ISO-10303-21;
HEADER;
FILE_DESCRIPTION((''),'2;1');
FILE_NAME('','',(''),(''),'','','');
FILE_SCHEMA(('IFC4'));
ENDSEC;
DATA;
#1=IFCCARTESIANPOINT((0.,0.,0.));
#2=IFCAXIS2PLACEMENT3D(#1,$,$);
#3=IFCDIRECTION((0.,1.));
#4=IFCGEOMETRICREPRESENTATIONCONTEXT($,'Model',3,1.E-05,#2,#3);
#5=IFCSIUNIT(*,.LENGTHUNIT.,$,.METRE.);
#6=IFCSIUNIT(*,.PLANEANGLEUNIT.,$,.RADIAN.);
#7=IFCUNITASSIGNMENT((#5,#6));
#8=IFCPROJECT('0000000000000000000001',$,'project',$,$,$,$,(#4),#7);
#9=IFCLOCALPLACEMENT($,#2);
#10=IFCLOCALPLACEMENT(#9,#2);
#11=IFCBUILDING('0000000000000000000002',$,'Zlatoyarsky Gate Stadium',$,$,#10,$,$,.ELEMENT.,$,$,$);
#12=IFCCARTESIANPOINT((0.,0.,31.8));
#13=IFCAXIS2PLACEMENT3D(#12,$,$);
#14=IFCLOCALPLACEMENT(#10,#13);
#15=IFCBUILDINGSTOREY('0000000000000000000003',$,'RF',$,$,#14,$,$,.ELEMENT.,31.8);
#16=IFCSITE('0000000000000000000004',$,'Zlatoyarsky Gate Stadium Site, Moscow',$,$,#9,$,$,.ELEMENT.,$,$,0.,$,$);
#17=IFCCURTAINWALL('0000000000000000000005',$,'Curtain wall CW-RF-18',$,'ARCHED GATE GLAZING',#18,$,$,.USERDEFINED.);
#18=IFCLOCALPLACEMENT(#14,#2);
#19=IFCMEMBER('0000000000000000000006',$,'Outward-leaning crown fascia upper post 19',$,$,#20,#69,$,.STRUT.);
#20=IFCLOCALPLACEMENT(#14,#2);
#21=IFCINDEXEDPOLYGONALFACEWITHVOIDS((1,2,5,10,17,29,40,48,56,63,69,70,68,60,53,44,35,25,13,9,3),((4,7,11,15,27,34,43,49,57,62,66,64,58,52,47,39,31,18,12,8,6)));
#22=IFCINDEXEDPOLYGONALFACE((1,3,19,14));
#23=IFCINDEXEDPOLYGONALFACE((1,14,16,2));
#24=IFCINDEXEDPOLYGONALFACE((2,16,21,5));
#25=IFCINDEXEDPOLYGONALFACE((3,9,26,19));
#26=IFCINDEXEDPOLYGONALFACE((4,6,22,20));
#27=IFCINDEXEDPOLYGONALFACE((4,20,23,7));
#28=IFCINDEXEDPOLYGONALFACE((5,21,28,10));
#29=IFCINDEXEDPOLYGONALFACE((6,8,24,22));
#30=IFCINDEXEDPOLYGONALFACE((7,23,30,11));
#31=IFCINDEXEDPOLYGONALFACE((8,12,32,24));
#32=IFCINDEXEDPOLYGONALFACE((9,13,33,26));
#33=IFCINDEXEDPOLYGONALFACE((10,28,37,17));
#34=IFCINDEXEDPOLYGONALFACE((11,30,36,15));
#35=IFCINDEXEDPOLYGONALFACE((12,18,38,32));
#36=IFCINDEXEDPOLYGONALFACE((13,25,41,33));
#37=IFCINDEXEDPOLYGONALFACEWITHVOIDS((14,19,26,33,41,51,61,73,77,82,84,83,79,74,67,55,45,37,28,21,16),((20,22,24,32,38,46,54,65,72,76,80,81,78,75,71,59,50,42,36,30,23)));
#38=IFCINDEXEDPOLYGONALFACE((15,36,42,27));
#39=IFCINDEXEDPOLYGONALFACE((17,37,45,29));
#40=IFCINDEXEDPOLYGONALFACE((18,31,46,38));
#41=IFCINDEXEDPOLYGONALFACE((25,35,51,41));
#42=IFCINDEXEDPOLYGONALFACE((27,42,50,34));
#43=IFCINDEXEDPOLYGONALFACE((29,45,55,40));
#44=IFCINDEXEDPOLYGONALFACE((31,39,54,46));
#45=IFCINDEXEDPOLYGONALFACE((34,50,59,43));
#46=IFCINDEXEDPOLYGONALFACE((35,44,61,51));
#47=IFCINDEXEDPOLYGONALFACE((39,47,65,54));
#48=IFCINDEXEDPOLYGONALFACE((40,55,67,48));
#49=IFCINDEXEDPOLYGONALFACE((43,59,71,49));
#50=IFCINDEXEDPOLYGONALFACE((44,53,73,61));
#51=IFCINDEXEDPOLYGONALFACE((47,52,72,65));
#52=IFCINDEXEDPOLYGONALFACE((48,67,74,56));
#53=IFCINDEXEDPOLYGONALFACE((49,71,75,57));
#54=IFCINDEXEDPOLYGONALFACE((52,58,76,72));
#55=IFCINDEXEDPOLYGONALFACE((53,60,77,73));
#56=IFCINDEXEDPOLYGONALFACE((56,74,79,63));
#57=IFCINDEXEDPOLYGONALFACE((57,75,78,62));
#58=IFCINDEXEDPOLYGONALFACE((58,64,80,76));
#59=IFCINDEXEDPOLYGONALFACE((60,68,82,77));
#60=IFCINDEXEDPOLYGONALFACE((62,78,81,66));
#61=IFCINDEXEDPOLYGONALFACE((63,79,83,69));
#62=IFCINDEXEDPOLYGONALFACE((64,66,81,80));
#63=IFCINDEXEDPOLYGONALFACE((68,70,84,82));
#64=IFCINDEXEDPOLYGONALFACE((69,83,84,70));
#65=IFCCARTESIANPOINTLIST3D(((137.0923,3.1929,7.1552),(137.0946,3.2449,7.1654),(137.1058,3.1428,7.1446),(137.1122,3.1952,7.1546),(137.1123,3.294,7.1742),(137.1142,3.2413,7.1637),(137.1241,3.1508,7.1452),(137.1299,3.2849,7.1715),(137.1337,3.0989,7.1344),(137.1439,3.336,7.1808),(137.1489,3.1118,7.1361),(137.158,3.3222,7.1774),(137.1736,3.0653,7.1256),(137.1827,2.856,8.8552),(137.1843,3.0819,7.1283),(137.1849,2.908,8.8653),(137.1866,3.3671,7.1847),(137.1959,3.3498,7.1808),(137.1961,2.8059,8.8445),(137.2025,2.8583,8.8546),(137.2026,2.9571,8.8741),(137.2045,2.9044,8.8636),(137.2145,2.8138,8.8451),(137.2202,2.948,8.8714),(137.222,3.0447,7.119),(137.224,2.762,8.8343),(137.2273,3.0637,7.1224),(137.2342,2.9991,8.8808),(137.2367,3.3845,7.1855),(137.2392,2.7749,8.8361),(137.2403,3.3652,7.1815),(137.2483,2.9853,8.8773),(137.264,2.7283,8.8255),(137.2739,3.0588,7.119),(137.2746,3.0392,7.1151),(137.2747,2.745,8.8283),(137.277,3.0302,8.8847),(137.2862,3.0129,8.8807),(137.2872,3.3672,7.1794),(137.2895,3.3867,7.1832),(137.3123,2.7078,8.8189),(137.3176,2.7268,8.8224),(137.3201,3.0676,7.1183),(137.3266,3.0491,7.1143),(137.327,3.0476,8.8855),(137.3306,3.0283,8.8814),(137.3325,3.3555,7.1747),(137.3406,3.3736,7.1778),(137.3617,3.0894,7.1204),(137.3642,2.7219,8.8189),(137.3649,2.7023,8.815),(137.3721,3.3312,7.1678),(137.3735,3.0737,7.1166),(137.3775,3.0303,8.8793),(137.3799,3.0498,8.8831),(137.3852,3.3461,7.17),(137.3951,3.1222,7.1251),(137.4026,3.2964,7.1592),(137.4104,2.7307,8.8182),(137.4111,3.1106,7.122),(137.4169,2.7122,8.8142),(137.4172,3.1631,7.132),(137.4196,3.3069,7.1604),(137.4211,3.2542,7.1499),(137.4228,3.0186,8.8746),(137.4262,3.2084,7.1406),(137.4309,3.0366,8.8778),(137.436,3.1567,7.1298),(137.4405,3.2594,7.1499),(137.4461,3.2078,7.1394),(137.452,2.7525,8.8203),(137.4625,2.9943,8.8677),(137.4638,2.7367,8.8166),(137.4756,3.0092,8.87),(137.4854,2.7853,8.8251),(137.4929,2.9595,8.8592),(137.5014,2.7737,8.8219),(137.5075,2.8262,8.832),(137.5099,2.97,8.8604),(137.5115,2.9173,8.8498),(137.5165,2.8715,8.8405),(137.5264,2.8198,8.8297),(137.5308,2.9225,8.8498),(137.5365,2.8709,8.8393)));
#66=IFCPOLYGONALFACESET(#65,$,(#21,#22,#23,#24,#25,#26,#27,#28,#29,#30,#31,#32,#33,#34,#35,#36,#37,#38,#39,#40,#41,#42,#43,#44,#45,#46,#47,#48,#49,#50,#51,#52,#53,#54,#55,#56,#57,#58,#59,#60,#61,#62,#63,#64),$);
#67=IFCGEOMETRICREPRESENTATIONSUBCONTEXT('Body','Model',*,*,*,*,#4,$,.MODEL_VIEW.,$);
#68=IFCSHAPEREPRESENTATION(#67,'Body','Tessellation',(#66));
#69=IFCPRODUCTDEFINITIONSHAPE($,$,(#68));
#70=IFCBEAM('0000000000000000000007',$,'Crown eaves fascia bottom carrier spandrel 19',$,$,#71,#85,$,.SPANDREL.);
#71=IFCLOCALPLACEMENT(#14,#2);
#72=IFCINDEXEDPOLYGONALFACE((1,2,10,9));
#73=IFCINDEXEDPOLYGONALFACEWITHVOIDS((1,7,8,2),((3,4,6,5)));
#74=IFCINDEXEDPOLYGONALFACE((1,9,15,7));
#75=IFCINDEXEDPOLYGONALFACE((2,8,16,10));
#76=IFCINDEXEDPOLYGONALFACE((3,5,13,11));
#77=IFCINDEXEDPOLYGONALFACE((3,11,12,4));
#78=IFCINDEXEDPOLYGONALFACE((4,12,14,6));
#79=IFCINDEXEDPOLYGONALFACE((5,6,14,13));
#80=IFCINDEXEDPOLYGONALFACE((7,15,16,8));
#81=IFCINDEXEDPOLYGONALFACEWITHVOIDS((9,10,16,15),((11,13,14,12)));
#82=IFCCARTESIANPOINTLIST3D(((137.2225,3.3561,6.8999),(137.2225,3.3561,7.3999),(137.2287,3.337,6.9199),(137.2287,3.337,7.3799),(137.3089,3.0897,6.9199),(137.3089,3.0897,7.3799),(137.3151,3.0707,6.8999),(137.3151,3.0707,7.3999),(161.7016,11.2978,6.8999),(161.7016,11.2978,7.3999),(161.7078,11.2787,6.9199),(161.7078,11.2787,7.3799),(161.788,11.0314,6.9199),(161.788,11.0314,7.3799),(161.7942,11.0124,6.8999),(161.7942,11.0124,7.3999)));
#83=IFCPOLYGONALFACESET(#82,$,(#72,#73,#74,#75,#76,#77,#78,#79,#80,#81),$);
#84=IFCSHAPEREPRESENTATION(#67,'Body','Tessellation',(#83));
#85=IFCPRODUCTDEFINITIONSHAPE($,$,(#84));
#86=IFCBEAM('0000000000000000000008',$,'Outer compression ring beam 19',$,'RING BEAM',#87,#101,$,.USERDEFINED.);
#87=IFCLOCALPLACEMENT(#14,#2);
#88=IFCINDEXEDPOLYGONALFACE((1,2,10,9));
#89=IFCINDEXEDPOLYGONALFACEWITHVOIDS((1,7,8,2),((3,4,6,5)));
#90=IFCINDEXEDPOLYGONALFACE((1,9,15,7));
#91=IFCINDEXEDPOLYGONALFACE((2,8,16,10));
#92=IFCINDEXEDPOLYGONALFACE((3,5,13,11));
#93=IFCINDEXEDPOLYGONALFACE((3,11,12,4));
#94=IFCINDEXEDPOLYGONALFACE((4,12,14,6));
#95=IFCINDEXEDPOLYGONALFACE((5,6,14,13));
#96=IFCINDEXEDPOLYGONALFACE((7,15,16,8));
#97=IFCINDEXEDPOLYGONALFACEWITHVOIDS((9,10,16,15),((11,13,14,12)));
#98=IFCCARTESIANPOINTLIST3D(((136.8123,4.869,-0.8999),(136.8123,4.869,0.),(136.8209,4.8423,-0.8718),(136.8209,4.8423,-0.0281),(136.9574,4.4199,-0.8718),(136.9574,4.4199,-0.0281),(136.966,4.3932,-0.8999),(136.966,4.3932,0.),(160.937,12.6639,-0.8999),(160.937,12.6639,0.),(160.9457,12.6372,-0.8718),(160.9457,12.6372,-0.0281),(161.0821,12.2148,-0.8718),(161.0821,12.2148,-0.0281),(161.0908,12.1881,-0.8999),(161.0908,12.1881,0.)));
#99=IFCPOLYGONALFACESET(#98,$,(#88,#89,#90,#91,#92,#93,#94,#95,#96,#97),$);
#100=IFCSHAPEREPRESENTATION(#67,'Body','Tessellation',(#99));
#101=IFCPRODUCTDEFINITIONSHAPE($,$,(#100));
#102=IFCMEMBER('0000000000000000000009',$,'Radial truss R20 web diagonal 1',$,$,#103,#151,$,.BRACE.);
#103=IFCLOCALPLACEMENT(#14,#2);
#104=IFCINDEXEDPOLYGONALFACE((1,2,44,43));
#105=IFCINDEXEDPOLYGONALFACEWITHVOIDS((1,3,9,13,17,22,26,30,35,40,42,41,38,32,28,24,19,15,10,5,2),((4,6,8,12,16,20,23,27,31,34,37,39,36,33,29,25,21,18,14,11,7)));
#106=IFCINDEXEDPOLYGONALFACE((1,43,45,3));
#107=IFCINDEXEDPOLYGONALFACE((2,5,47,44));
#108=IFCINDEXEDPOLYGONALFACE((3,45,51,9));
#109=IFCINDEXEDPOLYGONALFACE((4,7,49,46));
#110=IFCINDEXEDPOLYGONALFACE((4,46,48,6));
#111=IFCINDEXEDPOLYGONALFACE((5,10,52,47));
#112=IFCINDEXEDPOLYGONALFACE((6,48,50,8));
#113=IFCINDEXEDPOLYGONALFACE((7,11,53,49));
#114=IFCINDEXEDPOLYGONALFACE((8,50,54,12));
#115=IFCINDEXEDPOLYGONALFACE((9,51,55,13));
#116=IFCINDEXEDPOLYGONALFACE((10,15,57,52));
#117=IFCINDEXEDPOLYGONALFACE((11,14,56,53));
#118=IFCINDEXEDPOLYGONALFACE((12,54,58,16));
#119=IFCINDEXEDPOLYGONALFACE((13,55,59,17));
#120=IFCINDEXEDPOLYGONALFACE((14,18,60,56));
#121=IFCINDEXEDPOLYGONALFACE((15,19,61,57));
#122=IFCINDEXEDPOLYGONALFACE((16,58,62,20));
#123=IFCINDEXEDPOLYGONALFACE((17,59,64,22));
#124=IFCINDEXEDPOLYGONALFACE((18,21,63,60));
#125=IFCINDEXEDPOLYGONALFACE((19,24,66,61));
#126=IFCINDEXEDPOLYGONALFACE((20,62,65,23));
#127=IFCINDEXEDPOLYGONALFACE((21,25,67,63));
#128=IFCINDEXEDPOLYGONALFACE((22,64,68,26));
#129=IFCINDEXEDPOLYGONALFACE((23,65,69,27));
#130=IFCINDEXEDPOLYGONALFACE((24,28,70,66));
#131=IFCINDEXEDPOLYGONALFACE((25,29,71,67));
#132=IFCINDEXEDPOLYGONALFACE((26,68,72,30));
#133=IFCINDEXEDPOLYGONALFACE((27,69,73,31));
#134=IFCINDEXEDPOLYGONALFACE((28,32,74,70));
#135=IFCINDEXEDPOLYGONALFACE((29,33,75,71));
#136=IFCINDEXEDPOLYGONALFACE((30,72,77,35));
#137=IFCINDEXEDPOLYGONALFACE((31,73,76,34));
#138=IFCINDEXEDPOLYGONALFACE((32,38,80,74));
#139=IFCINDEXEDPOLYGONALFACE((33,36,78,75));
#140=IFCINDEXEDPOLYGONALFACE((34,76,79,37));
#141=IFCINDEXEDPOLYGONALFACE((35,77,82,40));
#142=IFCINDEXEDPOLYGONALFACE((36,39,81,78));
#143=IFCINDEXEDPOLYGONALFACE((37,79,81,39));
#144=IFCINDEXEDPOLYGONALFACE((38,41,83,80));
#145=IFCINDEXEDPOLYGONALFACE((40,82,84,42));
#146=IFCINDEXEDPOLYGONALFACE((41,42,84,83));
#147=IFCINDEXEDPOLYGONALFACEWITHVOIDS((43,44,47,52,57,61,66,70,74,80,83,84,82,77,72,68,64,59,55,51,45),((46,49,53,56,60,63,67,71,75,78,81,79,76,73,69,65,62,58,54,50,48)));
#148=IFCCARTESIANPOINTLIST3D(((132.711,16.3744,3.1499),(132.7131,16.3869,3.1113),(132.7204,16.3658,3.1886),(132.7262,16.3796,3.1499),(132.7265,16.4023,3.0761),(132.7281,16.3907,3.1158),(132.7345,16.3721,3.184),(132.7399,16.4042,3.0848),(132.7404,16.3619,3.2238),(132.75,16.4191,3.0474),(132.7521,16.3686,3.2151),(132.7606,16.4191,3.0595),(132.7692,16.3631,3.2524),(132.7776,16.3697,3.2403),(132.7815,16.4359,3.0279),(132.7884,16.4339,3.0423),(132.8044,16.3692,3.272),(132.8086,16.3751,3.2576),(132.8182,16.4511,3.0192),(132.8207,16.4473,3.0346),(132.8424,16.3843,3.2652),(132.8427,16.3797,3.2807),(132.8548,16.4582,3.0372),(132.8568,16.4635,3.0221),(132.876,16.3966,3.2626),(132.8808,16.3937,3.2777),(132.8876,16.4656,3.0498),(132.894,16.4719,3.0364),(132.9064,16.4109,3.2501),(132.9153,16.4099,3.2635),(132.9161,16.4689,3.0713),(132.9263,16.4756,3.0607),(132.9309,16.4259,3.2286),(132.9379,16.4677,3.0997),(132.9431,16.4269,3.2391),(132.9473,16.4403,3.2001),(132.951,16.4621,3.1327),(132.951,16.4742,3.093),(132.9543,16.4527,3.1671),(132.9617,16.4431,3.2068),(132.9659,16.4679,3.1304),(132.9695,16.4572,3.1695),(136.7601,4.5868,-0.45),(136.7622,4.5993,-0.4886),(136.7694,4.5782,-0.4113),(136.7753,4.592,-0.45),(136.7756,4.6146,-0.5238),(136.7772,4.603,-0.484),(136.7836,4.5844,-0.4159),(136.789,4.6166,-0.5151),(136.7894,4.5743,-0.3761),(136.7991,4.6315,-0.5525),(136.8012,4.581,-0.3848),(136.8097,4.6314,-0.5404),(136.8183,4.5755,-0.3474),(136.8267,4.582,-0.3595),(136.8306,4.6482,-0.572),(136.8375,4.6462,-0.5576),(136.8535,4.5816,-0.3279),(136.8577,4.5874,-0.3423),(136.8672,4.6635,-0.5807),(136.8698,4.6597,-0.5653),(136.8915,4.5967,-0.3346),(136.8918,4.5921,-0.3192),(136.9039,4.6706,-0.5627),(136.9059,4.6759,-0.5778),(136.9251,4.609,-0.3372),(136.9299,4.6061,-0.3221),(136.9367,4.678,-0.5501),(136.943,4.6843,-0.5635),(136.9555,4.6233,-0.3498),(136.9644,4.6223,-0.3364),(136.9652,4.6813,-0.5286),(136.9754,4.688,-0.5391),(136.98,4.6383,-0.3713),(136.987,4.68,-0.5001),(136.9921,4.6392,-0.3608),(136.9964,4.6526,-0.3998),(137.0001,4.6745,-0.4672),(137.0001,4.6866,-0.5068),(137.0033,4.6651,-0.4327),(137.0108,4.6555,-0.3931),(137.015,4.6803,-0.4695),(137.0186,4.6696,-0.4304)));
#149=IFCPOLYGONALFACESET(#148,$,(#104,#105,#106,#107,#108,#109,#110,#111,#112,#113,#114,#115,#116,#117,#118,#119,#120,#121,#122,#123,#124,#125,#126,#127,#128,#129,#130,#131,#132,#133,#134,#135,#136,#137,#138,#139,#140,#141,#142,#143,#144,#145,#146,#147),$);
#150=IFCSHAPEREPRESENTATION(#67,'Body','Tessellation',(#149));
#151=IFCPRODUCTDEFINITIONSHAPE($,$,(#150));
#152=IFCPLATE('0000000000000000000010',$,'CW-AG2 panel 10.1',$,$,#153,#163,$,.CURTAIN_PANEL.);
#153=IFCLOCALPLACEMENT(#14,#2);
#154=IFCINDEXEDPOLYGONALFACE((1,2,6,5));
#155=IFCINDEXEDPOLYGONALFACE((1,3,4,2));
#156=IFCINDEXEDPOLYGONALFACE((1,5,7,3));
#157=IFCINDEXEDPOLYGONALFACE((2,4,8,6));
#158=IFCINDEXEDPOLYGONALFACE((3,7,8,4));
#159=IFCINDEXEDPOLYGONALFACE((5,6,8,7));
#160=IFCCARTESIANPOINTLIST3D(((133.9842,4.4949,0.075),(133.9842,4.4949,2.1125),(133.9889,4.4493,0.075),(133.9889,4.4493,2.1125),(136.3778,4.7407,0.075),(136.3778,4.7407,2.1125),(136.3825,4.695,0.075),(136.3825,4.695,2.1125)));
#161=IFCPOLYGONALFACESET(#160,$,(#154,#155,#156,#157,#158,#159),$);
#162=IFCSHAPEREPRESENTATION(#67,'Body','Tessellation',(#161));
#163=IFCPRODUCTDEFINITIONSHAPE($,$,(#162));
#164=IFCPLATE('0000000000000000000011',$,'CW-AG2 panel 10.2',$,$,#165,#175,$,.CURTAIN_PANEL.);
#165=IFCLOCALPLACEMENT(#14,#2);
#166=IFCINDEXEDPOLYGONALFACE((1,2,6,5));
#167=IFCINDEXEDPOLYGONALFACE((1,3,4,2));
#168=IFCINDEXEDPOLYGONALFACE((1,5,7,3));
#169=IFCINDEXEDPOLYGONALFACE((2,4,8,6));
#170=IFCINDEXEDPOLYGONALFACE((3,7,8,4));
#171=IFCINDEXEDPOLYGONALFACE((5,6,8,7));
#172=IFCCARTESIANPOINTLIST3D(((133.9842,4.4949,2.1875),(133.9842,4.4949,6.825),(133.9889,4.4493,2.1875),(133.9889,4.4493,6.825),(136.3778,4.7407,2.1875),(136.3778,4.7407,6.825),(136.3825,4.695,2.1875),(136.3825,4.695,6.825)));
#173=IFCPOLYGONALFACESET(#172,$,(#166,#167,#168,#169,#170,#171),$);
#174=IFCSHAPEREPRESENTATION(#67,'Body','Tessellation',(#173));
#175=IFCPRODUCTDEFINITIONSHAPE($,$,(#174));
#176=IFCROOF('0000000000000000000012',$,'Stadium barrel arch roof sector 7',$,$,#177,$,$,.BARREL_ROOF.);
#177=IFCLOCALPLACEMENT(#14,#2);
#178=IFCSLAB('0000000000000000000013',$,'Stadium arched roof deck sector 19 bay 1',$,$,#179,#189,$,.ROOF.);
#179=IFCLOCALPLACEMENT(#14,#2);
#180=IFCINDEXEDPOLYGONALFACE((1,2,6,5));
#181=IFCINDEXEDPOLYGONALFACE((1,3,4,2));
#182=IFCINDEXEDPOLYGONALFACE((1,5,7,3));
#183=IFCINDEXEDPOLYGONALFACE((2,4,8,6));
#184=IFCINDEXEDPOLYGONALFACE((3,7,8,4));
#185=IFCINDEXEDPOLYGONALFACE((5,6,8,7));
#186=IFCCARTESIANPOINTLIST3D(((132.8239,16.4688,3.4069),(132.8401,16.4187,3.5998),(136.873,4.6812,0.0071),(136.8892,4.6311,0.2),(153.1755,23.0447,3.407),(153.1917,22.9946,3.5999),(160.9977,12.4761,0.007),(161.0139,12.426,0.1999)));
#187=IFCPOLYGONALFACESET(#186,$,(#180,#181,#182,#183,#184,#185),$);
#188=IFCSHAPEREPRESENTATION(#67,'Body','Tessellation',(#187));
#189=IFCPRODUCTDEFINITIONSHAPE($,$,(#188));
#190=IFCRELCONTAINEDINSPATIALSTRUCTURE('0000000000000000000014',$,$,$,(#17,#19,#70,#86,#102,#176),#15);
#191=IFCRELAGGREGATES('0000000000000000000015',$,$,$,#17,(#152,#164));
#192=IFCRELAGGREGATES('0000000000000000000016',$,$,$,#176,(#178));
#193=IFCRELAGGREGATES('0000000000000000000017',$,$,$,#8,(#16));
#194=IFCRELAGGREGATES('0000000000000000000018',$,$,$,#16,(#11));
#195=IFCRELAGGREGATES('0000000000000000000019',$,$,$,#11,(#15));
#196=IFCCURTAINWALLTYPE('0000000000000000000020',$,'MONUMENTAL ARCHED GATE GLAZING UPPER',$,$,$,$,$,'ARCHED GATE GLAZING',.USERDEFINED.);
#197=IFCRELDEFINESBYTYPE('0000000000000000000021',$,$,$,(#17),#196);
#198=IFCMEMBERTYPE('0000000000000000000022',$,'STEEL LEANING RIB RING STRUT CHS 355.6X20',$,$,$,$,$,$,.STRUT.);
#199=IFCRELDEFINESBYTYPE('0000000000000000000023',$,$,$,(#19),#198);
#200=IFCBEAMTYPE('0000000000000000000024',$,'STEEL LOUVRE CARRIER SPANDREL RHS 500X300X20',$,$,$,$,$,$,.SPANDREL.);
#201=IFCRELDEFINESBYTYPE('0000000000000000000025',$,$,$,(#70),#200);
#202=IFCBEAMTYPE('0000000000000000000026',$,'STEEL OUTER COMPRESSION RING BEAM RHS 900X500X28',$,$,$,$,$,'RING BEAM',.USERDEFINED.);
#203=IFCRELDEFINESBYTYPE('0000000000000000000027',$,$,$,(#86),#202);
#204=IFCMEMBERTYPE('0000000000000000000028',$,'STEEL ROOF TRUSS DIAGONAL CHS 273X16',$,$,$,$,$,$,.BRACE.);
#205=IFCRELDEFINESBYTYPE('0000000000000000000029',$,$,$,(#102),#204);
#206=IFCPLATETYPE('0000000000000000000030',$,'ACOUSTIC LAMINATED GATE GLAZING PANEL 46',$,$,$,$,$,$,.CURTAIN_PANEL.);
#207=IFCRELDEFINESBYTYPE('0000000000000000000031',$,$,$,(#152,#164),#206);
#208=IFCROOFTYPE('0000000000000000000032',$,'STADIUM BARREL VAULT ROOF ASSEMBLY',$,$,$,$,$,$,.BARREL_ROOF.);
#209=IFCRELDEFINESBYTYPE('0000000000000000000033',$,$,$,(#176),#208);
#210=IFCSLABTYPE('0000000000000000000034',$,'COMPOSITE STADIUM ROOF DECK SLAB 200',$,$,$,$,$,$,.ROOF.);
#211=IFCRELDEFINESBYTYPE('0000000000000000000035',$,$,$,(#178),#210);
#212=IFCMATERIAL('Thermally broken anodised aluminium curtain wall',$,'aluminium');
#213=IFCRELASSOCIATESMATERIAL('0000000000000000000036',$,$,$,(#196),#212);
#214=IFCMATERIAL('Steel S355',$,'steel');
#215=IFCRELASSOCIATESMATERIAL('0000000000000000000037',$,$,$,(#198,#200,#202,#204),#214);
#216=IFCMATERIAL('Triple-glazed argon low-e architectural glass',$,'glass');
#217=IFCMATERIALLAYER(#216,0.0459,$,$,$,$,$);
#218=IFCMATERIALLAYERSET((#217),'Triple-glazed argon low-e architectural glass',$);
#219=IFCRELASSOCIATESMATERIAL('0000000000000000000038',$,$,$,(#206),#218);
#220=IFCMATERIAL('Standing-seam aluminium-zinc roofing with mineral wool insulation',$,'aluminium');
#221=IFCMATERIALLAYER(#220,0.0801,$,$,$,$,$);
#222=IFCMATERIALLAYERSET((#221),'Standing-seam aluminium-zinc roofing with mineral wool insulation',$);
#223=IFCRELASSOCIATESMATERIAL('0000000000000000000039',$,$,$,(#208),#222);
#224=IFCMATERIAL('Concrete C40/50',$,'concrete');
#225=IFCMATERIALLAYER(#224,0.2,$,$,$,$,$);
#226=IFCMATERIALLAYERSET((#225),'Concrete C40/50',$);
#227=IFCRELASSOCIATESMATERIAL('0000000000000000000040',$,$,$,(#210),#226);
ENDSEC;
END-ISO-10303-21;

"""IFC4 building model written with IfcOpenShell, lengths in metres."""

from ifc_helpers import new_model, si_unit, direction, frame, origin, origin_2d, place, context, subcontext, project, spatial, polyline, rectangle, hollow_rectangle, hollow_circle, outline, extrude, material, layer, layer_set, material_profile, profile_set, type_object, element, aggregate, save


model = new_model("IFC4")

# Units and contexts
model_context = context("Model", 3, precision=1e-05, world=origin(), true_north=direction((0.0, 1.0)))
body_context = subcontext(model_context, "Body", "Model", "MODEL_VIEW")
ifc_project = project(units=[si_unit("LENGTHUNIT", "METRE"), si_unit("PLANEANGLEUNIT", "RADIAN")], contexts=[model_context])

# Site, building, storey
site_placement = place(None, origin())
site = spatial("IfcSite", under=ifc_project, at=site_placement, Name="Zlatoyarsky Gate Stadium Site, Moscow", CompositionType="ELEMENT", RefElevation=0.0)
building_placement = place(site_placement, origin())
building = spatial("IfcBuilding", under=site, at=building_placement, Name="Zlatoyarsky Gate Stadium", CompositionType="ELEMENT")
storey_placement = place(building_placement, frame((0.0, 0.0, 31.8)))
storey = spatial("IfcBuildingStorey", under=building, at=storey_placement, Name="RF", CompositionType="ELEMENT", Elevation=31.8)

# Curtain wall
ifc_material_1 = material(Name="Thermally broken anodised aluminium curtain wall", Category="aluminium")
curtain_wall_type_1 = type_object("IfcCurtainWallType", Name="MONUMENTAL ARCHED GATE GLAZING UPPER", ElementType="ARCHED GATE GLAZING", PredefinedType="USERDEFINED", material=ifc_material_1)
curtain_wall_1_placement = place(storey_placement, origin())
curtain_wall_1 = element("IfcCurtainWall", 1, at=curtain_wall_1_placement, inside=storey, type_object=curtain_wall_type_1, Name="Curtain wall CW-RF-18", ObjectType="ARCHED GATE GLAZING", PredefinedType="USERDEFINED")

# Member
ifc_material_2 = material(Name="Steel S355", Category="steel")
ifc_material_profile_1 = material_profile(ifc_material_2, hollow_circle(Radius=0.1777, WallThickness=0.02, at=origin_2d()), Name="CHS 355.6X20")
ifc_profile_set_1 = profile_set([ifc_material_profile_1], Name="Steel S355")
member_type_1 = type_object("IfcMemberType", Name="STEEL LEANING RIB RING STRUT CHS 355.6X20", PredefinedType="STRUT", material=ifc_profile_set_1)
member_1_placement = place(storey_placement, frame((137.2688, 3.2134, 7.1499), z_axis=(0.052054, -0.194146, 0.979591), x_axis=(0.965886, 0.258969, 0.0)))
element("IfcMember", 2, at=member_1_placement, inside=storey, type_object=member_type_1, Name="Outward-leaning crown fascia upper post 19", PredefinedType="STRUT", context=body_context, shape_type="SweptSolid", body=[
    extrude(hollow_circle(Radius=0.1777, WallThickness=0.02, at=origin_2d()), origin(), (0.0, 0.0, 1.0), 1.7354),
])

# Beams
ifc_material_profile_2 = material_profile(ifc_material_2, hollow_rectangle(XDim=0.3, YDim=0.5, WallThickness=0.02, at=origin_2d()), Name="RHS 500X300X20")
ifc_profile_set_2 = profile_set([ifc_material_profile_2], Name="Steel S355")
beam_type_1 = type_object("IfcBeamType", Name="STEEL LOUVRE CARRIER SPANDREL RHS 500X300X20", PredefinedType="SPANDREL", material=ifc_profile_set_2)
beam_1_placement = place(storey_placement, frame((137.2688, 3.2134, 7.1499), z_axis=(0.951194, 0.308593, 0.0), x_axis=(-0.308593, 0.951194, 0.0)))
element("IfcBeam", 3, at=beam_1_placement, inside=storey, type_object=beam_type_1, Name="Crown eaves fascia bottom carrier spandrel 19", PredefinedType="SPANDREL", context=body_context, shape_type="SweptSolid", body=[
    extrude(hollow_rectangle(XDim=0.3, YDim=0.5, WallThickness=0.02, at=origin_2d()), origin(), (0.0, 0.0, 1.0), 25.7351),
])
ifc_material_profile_3 = material_profile(ifc_material_2, hollow_rectangle(XDim=0.5, YDim=0.8999, WallThickness=0.0281, at=origin_2d()), Name="RHS 900X500X28")
ifc_profile_set_3 = profile_set([ifc_material_profile_3], Name="Steel S355")
beam_type_2 = type_object("IfcBeamType", Name="STEEL OUTER COMPRESSION RING BEAM RHS 900X500X28", ElementType="RING BEAM", PredefinedType="USERDEFINED", material=ifc_profile_set_3)
beam_2_placement = place(storey_placement, frame((136.8892, 4.6311, -0.45), z_axis=(0.951562, 0.307458, 0.0), x_axis=(-0.307458, 0.951562, 0.0)))
element("IfcBeam", 4, at=beam_2_placement, inside=storey, type_object=beam_type_2, Name="Outer compression ring beam 19", ObjectType="RING BEAM", PredefinedType="USERDEFINED", context=body_context, shape_type="SweptSolid", body=[
    extrude(hollow_rectangle(XDim=0.5, YDim=0.8999, WallThickness=0.0281, at=origin_2d()), origin(), (0.0, 0.0, 1.0), 25.3528),
])

# Member
ifc_material_profile_4 = material_profile(ifc_material_2, hollow_circle(Radius=0.1365, WallThickness=0.0161, at=origin_2d()), Name="CHS 273X16")
ifc_profile_set_4 = profile_set([ifc_material_profile_4], Name="Steel S355")
member_type_2 = type_object("IfcMemberType", Name="STEEL ROOF TRUSS DIAGONAL CHS 273X16", PredefinedType="BRACE", material=ifc_profile_set_4)
member_2_placement = place(storey_placement, frame((136.8892, 4.6311, -0.45), z_axis=(-0.312113, 0.908618, 0.277486), x_axis=(-0.945758, -0.324871, 0.0)))
element("IfcMember", 5, at=member_2_placement, inside=storey, type_object=member_type_2, Name="Radial truss R20 web diagonal 1", PredefinedType="BRACE", context=body_context, shape_type="SweptSolid", body=[
    extrude(hollow_circle(Radius=0.1365, WallThickness=0.0161, at=origin_2d()), origin(), (0.0, 0.0, 1.0), 12.9731),
])

# Plates
ifc_material_3 = material(Name="Triple-glazed argon low-e architectural glass", Category="glass")
ifc_layer_1 = layer(ifc_material_3, 0.0459)
ifc_layer_set_1 = layer_set([ifc_layer_1], Name="Triple-glazed argon low-e architectural glass")
plate_type_1 = type_object("IfcPlateType", Name="ACOUSTIC LAMINATED GATE GLAZING PANEL 46", PredefinedType="CURTAIN_PANEL", material=ifc_layer_set_1)
plate_1_placement = place(storey_placement, frame((135.1833, 4.595, 0.075), z_axis=(0.0, 0.0, 1.0), x_axis=(0.994772, 0.102125, 0.0)))
plate_1 = element("IfcPlate", 6, at=plate_1_placement, type_object=plate_type_1, Name="CW-AG2 panel 10.1", PredefinedType="CURTAIN_PANEL", context=body_context, shape_type="SweptSolid", body=[
    extrude(rectangle(XDim=2.4062, YDim=0.0459, at=origin_2d()), origin(), (0.0, 0.0, 1.0), 2.0376),
])
plate_2_placement = place(storey_placement, frame((135.1833, 4.595, 2.1875), z_axis=(0.0, 0.0, 1.0), x_axis=(0.994772, 0.102125, 0.0)))
plate_2 = element("IfcPlate", 7, at=plate_2_placement, type_object=plate_type_1, Name="CW-AG2 panel 10.2", PredefinedType="CURTAIN_PANEL", context=body_context, shape_type="SweptSolid", body=[
    extrude(rectangle(XDim=2.4062, YDim=0.0459, at=origin_2d()), origin(), (0.0, 0.0, 1.0), 4.6375),
])
aggregate(curtain_wall_1, [plate_1, plate_2])

# Roof, slab
ifc_material_4 = material(Name="Standing-seam aluminium-zinc roofing with mineral wool insulation", Category="aluminium")
ifc_layer_2 = layer(ifc_material_4, 0.0801)
ifc_layer_set_2 = layer_set([ifc_layer_2], Name="Standing-seam aluminium-zinc roofing with mineral wool insulation")
roof_type = type_object("IfcRoofType", Name="STADIUM BARREL VAULT ROOF ASSEMBLY", PredefinedType="BARREL_ROOF", material=ifc_layer_set_2)
roof_placement = place(storey_placement, origin())
roof = element("IfcRoof", 8, at=roof_placement, inside=storey, type_object=roof_type, Name="Stadium barrel arch roof sector 7", PredefinedType="BARREL_ROOF")
ifc_material_5 = material(Name="Concrete C40/50", Category="concrete")
ifc_layer_3 = layer(ifc_material_5, 0.2)
ifc_layer_set_3 = layer_set([ifc_layer_3], Name="Concrete C40/50")
slab_type = type_object("IfcSlabType", Name="COMPOSITE STADIUM ROOF DECK SLAB 200", PredefinedType="ROOF", material=ifc_layer_set_3)
slab_placement = place(storey_placement, frame((136.8892, 4.6311, 0.2), z_axis=(0.080927, -0.25046, 0.964739), x_axis=(0.951562, 0.307458, -0.000001)))
slab = element("IfcSlab", 9, at=slab_placement, type_object=slab_type, Name="Stadium arched roof deck sector 19 bay 1", PredefinedType="ROOF", context=body_context, shape_type="SweptSolid", body=[
    extrude(outline(polyline([(0.0, 0.0), (25.3528, 0.0), (21.1588, 12.9172), (-0.2288, 12.917), (0.0, 0.0)])), origin(), (0.0, 0.0, -1.0), 0.2),
])

aggregate(roof, [slab])

save(model, "model.ifc")
